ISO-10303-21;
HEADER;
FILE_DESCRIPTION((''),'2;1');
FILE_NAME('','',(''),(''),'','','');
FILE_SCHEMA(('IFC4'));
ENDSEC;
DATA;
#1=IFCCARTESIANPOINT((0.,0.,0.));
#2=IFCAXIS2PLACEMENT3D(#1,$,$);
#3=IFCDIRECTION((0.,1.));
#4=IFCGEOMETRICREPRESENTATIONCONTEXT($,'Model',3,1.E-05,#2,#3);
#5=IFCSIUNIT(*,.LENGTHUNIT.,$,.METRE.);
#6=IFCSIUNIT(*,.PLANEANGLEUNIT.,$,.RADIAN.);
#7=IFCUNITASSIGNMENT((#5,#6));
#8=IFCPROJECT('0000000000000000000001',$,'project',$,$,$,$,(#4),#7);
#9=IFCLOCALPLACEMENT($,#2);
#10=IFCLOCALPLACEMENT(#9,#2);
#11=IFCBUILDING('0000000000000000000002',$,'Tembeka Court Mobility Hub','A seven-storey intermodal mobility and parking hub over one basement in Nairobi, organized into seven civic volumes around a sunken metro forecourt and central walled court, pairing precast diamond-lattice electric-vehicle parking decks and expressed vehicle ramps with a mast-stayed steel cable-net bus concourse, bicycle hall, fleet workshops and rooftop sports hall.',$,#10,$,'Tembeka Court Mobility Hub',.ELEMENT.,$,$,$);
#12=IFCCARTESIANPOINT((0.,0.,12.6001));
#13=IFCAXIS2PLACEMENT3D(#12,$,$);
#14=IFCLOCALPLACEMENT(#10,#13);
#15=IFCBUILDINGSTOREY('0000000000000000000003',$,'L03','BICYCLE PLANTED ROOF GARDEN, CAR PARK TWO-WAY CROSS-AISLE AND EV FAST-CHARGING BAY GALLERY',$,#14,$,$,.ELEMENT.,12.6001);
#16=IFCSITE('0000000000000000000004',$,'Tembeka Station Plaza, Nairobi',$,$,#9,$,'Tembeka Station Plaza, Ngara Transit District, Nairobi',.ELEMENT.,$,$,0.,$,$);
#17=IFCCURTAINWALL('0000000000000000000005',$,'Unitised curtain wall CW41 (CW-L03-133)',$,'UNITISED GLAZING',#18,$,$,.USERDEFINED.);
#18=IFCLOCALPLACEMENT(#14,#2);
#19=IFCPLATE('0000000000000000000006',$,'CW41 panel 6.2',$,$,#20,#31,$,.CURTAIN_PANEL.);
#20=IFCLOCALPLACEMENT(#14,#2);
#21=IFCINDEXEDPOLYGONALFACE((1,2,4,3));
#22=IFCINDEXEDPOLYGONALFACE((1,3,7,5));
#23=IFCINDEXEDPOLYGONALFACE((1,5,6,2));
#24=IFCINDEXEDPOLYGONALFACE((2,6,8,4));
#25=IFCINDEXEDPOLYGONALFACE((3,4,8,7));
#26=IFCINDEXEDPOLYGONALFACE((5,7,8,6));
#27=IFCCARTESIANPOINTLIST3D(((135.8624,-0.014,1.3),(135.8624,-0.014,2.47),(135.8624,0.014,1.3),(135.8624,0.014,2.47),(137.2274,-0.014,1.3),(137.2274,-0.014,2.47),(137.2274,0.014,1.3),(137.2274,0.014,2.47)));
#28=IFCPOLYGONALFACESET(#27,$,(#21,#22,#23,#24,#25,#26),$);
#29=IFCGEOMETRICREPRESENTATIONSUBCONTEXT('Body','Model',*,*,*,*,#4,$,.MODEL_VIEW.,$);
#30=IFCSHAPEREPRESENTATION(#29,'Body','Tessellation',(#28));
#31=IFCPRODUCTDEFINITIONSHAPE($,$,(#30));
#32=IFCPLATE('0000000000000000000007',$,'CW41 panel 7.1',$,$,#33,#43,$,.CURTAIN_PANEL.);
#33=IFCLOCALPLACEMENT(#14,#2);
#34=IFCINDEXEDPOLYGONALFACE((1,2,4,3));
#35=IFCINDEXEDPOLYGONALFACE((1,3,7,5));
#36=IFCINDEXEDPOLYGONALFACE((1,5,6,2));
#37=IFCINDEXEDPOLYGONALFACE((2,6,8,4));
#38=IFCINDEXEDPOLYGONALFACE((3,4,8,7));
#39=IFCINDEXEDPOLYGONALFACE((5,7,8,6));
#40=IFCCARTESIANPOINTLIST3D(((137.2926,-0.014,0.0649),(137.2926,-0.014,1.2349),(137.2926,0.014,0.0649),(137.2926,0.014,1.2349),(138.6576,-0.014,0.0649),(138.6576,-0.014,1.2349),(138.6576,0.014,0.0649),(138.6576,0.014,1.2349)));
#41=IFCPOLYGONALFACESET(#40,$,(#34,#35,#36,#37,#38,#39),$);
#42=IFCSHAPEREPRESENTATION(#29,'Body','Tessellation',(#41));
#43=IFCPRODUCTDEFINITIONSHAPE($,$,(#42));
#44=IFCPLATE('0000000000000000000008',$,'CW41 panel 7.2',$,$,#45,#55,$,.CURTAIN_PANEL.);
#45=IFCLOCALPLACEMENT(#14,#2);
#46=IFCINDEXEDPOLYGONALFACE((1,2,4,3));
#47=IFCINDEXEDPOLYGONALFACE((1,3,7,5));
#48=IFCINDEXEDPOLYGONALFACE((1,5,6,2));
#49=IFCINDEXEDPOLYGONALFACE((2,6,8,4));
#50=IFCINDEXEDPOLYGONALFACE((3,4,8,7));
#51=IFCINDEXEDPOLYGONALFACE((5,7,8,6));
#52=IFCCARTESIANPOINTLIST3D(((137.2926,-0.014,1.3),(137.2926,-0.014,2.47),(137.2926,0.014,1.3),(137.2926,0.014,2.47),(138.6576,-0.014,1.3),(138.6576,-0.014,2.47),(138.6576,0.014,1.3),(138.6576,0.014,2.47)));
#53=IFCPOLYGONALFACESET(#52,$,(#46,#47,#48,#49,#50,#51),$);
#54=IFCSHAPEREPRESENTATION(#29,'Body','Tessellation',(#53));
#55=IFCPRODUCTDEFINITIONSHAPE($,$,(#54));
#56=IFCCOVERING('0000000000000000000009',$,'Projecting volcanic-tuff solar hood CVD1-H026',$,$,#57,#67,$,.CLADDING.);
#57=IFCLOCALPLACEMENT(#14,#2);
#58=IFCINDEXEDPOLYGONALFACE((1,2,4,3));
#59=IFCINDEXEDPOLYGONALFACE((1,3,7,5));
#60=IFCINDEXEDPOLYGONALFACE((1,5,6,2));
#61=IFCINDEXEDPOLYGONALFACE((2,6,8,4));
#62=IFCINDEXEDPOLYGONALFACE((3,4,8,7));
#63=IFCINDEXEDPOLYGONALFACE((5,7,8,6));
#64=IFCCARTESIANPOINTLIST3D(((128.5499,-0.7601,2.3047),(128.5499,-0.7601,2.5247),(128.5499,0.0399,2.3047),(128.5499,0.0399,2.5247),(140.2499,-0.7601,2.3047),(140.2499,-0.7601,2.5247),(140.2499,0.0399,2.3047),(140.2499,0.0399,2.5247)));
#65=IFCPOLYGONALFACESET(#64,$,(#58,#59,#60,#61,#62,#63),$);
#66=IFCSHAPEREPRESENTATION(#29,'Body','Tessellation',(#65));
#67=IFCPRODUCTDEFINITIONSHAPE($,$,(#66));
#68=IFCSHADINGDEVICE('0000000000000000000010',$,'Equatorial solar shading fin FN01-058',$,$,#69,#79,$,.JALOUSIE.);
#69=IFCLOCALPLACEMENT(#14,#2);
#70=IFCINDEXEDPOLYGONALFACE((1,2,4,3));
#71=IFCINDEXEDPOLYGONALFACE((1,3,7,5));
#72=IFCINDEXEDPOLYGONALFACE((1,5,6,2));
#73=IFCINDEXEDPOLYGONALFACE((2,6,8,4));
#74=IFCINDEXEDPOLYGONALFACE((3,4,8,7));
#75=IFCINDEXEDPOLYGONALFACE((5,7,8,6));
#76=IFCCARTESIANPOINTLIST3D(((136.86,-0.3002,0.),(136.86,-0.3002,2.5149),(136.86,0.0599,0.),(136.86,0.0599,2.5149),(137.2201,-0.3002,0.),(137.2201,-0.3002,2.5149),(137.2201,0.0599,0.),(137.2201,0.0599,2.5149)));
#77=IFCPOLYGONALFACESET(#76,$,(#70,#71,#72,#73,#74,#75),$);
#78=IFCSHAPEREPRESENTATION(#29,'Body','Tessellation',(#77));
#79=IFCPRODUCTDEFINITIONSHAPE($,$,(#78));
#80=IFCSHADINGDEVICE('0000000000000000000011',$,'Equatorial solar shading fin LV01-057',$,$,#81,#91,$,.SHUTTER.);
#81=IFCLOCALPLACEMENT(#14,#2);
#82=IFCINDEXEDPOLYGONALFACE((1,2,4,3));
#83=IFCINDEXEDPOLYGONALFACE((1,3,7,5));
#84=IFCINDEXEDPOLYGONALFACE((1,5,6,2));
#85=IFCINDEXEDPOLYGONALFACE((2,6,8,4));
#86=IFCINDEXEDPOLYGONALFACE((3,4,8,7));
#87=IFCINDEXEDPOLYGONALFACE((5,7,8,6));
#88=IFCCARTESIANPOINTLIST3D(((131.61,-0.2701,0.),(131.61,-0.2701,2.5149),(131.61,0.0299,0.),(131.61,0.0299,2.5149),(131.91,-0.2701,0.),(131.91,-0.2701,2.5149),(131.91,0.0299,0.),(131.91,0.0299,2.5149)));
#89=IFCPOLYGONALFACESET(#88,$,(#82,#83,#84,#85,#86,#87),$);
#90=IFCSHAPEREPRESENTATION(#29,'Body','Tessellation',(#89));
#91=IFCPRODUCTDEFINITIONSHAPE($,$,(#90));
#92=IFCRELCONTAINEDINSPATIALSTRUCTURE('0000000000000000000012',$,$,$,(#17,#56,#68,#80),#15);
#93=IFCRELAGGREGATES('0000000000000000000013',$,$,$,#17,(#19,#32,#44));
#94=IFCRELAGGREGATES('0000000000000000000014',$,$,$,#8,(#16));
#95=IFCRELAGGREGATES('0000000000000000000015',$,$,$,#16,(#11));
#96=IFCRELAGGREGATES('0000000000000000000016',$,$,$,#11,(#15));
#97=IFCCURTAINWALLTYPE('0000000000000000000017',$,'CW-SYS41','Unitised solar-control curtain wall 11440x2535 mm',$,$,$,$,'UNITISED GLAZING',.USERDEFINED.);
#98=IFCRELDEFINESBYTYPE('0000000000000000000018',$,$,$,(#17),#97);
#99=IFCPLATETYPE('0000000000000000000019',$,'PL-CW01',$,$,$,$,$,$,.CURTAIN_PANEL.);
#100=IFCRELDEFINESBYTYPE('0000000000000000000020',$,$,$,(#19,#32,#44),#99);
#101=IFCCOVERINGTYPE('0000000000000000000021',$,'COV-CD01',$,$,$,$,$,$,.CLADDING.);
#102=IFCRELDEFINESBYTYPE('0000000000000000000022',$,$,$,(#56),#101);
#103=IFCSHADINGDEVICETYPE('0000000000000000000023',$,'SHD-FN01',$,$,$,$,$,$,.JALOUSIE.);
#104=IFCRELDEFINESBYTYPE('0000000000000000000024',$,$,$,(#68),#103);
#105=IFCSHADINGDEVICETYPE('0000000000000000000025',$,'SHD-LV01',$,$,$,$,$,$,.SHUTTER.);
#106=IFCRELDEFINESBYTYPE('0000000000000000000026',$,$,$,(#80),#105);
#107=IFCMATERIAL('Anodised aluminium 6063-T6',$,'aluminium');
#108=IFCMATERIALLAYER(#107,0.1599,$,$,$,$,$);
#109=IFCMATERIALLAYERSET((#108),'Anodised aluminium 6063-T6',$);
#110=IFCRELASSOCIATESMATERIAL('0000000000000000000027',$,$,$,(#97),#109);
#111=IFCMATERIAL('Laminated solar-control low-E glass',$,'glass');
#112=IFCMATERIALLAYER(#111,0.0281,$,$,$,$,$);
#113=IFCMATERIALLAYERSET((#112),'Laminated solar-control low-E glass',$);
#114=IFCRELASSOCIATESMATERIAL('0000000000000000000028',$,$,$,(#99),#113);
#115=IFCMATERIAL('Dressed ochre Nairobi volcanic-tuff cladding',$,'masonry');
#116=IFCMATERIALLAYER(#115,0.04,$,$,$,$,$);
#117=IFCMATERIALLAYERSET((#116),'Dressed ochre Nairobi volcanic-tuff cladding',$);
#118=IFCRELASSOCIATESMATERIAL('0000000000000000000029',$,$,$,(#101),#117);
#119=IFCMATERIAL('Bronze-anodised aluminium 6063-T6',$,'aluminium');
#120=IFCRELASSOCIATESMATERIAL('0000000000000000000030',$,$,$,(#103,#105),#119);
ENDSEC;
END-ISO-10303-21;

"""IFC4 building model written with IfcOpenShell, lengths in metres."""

from ifc_helpers import new_model, si_unit, direction, frame, origin, origin_2d, place, context, subcontext, project, spatial, rectangle, extrude, material, layer, layer_set, material_profile, profile_set, type_object, element, aggregate, save


model = new_model("IFC4")

# Units and contexts
model_context = context("Model", 3, precision=1e-05, world=origin(), true_north=direction((0.0, 1.0)))
body_context = subcontext(model_context, "Body", "Model", "MODEL_VIEW")
ifc_project = project(units=[si_unit("LENGTHUNIT", "METRE"), si_unit("PLANEANGLEUNIT", "RADIAN")], contexts=[model_context])

# Site, building, storey
site_placement = place(None, origin())
site = spatial("IfcSite", under=ifc_project, at=site_placement, Name="Tembeka Station Plaza, Nairobi", LongName="Tembeka Station Plaza, Ngara Transit District, Nairobi", CompositionType="ELEMENT", RefElevation=0.0)
building_placement = place(site_placement, origin())
building = spatial("IfcBuilding", under=site, at=building_placement, Name="Tembeka Court Mobility Hub", Description="A seven-storey intermodal mobility and parking hub over one basement in Nairobi, organized into seven civic volumes around a sunken metro forecourt and central walled court, pairing precast diamond-lattice electric-vehicle parking decks and expressed vehicle ramps with a mast-stayed steel cable-net bus concourse, bicycle hall, fleet workshops and rooftop sports hall.", LongName="Tembeka Court Mobility Hub", CompositionType="ELEMENT")
storey_placement = place(building_placement, frame((0.0, 0.0, 12.6001)))
storey = spatial("IfcBuildingStorey", under=building, at=storey_placement, Name="L03", Description="BICYCLE PLANTED ROOF GARDEN, CAR PARK TWO-WAY CROSS-AISLE AND EV FAST-CHARGING BAY GALLERY", CompositionType="ELEMENT", Elevation=12.6001)

# Curtain wall, plates
ifc_material_1 = material(Name="Anodised aluminium 6063-T6", Category="aluminium")
ifc_layer_1 = layer(ifc_material_1, 0.1599)
ifc_layer_set_1 = layer_set([ifc_layer_1], Name="Anodised aluminium 6063-T6")
curtain_wall_type = type_object("IfcCurtainWallType", Name="CW-SYS41", Description="Unitised solar-control curtain wall 11440x2535 mm", ElementType="UNITISED GLAZING", PredefinedType="USERDEFINED", material=ifc_layer_set_1)
curtain_wall_placement = place(storey_placement, origin())
curtain_wall = element("IfcCurtainWall", 1, at=curtain_wall_placement, inside=storey, type_object=curtain_wall_type, Name="Unitised curtain wall CW41 (CW-L03-133)", ObjectType="UNITISED GLAZING", PredefinedType="USERDEFINED")
ifc_material_2 = material(Name="Laminated solar-control low-E glass", Category="glass")
ifc_layer_2 = layer(ifc_material_2, 0.0281)
ifc_layer_set_2 = layer_set([ifc_layer_2], Name="Laminated solar-control low-E glass")
plate_type = type_object("IfcPlateType", Name="PL-CW01", PredefinedType="CURTAIN_PANEL", material=ifc_layer_set_2)
plate_1_placement = place(storey_placement, frame((136.5449, 0.0, 1.3), z_axis=(0.0, 0.0, 1.0), x_axis=(1.0, 0.0, 0.0)))
plate_1 = element("IfcPlate", 2, at=plate_1_placement, type_object=plate_type, Name="CW41 panel 6.2", PredefinedType="CURTAIN_PANEL", context=body_context, shape_type="SweptSolid", body=[
    extrude(rectangle(XDim=1.365, YDim=0.0281, at=origin_2d()), origin(), (0.0, 0.0, 1.0), 1.1699),
])
plate_2_placement = place(storey_placement, frame((137.9751, 0.0, 0.0649), z_axis=(0.0, 0.0, 1.0), x_axis=(1.0, 0.0, 0.0)))
plate_2 = element("IfcPlate", 3, at=plate_2_placement, type_object=plate_type, Name="CW41 panel 7.1", PredefinedType="CURTAIN_PANEL", context=body_context, shape_type="SweptSolid", body=[
    extrude(rectangle(XDim=1.365, YDim=0.0281, at=origin_2d()), origin(), (0.0, 0.0, 1.0), 1.1699),
])
plate_3_placement = place(storey_placement, frame((137.9751, 0.0, 1.3), z_axis=(0.0, 0.0, 1.0), x_axis=(1.0, 0.0, 0.0)))
plate_3 = element("IfcPlate", 4, at=plate_3_placement, type_object=plate_type, Name="CW41 panel 7.2", PredefinedType="CURTAIN_PANEL", context=body_context, shape_type="SweptSolid", body=[
    extrude(rectangle(XDim=1.365, YDim=0.0281, at=origin_2d()), origin(), (0.0, 0.0, 1.0), 1.1699),
])
aggregate(curtain_wall, [plate_1, plate_2, plate_3])

# Covering
ifc_material_3 = material(Name="Dressed ochre Nairobi volcanic-tuff cladding", Category="masonry")
ifc_layer_3 = layer(ifc_material_3, 0.04)
ifc_layer_set_3 = layer_set([ifc_layer_3], Name="Dressed ochre Nairobi volcanic-tuff cladding")
covering_type = type_object("IfcCoveringType", Name="COV-CD01", PredefinedType="CLADDING", material=ifc_layer_set_3)
covering_placement = place(storey_placement, frame((134.3999, -0.3601, 2.3047), z_axis=(0.0, 0.0, 1.0), x_axis=(1.0, 0.0, 0.0)))
element("IfcCovering", 5, at=covering_placement, inside=storey, type_object=covering_type, Name="Projecting volcanic-tuff solar hood CVD1-H026", PredefinedType="CLADDING", context=body_context, shape_type="SweptSolid", body=[
    extrude(rectangle(XDim=11.7, YDim=0.8, at=origin_2d()), origin(), (0.0, 0.0, 1.0), 0.22),
])

# Shading devices
ifc_material_4 = material(Name="Bronze-anodised aluminium 6063-T6", Category="aluminium")
ifc_material_profile_1 = material_profile(ifc_material_4, rectangle(XDim=0.3601, YDim=0.3601, at=origin_2d()), Name="ALU-FIN 360x360")
ifc_profile_set_1 = profile_set([ifc_material_profile_1], Name="Bronze-anodised aluminium 6063-T6")
shading_device_type_1 = type_object("IfcShadingDeviceType", Name="SHD-FN01", PredefinedType="JALOUSIE", material=ifc_profile_set_1)
shading_device_1_placement = place(storey_placement, frame((137.04, -0.1201, 0.0), z_axis=(0.0, 0.0, 1.0), x_axis=(1.0, 0.0, 0.0)))
element("IfcShadingDevice", 6, at=shading_device_1_placement, inside=storey, type_object=shading_device_type_1, Name="Equatorial solar shading fin FN01-058", PredefinedType="JALOUSIE", context=body_context, shape_type="SweptSolid", body=[
    extrude(rectangle(XDim=0.3601, YDim=0.3601, at=origin_2d()), origin(), (0.0, 0.0, 1.0), 2.5149),
])
ifc_material_profile_2 = material_profile(ifc_material_4, rectangle(XDim=0.3, YDim=0.3, at=origin_2d()), Name="ALU-LVR 300x300")
ifc_profile_set_2 = profile_set([ifc_material_profile_2], Name="Bronze-anodised aluminium 6063-T6")
shading_device_type_2 = type_object("IfcShadingDeviceType", Name="SHD-LV01", PredefinedType="SHUTTER", material=ifc_profile_set_2)
shading_device_2_placement = place(storey_placement, frame((131.76, -0.1201, 0.0), z_axis=(0.0, 0.0, 1.0), x_axis=(1.0, 0.0, 0.0)))
element("IfcShadingDevice", 7, at=shading_device_2_placement, inside=storey, type_object=shading_device_type_2, Name="Equatorial solar shading fin LV01-057", PredefinedType="SHUTTER", context=body_context, shape_type="SweptSolid", body=[
    extrude(rectangle(XDim=0.3, YDim=0.3, at=origin_2d()), origin(), (0.0, 0.0, 1.0), 2.5149),
])

save(model, "model.ifc")
